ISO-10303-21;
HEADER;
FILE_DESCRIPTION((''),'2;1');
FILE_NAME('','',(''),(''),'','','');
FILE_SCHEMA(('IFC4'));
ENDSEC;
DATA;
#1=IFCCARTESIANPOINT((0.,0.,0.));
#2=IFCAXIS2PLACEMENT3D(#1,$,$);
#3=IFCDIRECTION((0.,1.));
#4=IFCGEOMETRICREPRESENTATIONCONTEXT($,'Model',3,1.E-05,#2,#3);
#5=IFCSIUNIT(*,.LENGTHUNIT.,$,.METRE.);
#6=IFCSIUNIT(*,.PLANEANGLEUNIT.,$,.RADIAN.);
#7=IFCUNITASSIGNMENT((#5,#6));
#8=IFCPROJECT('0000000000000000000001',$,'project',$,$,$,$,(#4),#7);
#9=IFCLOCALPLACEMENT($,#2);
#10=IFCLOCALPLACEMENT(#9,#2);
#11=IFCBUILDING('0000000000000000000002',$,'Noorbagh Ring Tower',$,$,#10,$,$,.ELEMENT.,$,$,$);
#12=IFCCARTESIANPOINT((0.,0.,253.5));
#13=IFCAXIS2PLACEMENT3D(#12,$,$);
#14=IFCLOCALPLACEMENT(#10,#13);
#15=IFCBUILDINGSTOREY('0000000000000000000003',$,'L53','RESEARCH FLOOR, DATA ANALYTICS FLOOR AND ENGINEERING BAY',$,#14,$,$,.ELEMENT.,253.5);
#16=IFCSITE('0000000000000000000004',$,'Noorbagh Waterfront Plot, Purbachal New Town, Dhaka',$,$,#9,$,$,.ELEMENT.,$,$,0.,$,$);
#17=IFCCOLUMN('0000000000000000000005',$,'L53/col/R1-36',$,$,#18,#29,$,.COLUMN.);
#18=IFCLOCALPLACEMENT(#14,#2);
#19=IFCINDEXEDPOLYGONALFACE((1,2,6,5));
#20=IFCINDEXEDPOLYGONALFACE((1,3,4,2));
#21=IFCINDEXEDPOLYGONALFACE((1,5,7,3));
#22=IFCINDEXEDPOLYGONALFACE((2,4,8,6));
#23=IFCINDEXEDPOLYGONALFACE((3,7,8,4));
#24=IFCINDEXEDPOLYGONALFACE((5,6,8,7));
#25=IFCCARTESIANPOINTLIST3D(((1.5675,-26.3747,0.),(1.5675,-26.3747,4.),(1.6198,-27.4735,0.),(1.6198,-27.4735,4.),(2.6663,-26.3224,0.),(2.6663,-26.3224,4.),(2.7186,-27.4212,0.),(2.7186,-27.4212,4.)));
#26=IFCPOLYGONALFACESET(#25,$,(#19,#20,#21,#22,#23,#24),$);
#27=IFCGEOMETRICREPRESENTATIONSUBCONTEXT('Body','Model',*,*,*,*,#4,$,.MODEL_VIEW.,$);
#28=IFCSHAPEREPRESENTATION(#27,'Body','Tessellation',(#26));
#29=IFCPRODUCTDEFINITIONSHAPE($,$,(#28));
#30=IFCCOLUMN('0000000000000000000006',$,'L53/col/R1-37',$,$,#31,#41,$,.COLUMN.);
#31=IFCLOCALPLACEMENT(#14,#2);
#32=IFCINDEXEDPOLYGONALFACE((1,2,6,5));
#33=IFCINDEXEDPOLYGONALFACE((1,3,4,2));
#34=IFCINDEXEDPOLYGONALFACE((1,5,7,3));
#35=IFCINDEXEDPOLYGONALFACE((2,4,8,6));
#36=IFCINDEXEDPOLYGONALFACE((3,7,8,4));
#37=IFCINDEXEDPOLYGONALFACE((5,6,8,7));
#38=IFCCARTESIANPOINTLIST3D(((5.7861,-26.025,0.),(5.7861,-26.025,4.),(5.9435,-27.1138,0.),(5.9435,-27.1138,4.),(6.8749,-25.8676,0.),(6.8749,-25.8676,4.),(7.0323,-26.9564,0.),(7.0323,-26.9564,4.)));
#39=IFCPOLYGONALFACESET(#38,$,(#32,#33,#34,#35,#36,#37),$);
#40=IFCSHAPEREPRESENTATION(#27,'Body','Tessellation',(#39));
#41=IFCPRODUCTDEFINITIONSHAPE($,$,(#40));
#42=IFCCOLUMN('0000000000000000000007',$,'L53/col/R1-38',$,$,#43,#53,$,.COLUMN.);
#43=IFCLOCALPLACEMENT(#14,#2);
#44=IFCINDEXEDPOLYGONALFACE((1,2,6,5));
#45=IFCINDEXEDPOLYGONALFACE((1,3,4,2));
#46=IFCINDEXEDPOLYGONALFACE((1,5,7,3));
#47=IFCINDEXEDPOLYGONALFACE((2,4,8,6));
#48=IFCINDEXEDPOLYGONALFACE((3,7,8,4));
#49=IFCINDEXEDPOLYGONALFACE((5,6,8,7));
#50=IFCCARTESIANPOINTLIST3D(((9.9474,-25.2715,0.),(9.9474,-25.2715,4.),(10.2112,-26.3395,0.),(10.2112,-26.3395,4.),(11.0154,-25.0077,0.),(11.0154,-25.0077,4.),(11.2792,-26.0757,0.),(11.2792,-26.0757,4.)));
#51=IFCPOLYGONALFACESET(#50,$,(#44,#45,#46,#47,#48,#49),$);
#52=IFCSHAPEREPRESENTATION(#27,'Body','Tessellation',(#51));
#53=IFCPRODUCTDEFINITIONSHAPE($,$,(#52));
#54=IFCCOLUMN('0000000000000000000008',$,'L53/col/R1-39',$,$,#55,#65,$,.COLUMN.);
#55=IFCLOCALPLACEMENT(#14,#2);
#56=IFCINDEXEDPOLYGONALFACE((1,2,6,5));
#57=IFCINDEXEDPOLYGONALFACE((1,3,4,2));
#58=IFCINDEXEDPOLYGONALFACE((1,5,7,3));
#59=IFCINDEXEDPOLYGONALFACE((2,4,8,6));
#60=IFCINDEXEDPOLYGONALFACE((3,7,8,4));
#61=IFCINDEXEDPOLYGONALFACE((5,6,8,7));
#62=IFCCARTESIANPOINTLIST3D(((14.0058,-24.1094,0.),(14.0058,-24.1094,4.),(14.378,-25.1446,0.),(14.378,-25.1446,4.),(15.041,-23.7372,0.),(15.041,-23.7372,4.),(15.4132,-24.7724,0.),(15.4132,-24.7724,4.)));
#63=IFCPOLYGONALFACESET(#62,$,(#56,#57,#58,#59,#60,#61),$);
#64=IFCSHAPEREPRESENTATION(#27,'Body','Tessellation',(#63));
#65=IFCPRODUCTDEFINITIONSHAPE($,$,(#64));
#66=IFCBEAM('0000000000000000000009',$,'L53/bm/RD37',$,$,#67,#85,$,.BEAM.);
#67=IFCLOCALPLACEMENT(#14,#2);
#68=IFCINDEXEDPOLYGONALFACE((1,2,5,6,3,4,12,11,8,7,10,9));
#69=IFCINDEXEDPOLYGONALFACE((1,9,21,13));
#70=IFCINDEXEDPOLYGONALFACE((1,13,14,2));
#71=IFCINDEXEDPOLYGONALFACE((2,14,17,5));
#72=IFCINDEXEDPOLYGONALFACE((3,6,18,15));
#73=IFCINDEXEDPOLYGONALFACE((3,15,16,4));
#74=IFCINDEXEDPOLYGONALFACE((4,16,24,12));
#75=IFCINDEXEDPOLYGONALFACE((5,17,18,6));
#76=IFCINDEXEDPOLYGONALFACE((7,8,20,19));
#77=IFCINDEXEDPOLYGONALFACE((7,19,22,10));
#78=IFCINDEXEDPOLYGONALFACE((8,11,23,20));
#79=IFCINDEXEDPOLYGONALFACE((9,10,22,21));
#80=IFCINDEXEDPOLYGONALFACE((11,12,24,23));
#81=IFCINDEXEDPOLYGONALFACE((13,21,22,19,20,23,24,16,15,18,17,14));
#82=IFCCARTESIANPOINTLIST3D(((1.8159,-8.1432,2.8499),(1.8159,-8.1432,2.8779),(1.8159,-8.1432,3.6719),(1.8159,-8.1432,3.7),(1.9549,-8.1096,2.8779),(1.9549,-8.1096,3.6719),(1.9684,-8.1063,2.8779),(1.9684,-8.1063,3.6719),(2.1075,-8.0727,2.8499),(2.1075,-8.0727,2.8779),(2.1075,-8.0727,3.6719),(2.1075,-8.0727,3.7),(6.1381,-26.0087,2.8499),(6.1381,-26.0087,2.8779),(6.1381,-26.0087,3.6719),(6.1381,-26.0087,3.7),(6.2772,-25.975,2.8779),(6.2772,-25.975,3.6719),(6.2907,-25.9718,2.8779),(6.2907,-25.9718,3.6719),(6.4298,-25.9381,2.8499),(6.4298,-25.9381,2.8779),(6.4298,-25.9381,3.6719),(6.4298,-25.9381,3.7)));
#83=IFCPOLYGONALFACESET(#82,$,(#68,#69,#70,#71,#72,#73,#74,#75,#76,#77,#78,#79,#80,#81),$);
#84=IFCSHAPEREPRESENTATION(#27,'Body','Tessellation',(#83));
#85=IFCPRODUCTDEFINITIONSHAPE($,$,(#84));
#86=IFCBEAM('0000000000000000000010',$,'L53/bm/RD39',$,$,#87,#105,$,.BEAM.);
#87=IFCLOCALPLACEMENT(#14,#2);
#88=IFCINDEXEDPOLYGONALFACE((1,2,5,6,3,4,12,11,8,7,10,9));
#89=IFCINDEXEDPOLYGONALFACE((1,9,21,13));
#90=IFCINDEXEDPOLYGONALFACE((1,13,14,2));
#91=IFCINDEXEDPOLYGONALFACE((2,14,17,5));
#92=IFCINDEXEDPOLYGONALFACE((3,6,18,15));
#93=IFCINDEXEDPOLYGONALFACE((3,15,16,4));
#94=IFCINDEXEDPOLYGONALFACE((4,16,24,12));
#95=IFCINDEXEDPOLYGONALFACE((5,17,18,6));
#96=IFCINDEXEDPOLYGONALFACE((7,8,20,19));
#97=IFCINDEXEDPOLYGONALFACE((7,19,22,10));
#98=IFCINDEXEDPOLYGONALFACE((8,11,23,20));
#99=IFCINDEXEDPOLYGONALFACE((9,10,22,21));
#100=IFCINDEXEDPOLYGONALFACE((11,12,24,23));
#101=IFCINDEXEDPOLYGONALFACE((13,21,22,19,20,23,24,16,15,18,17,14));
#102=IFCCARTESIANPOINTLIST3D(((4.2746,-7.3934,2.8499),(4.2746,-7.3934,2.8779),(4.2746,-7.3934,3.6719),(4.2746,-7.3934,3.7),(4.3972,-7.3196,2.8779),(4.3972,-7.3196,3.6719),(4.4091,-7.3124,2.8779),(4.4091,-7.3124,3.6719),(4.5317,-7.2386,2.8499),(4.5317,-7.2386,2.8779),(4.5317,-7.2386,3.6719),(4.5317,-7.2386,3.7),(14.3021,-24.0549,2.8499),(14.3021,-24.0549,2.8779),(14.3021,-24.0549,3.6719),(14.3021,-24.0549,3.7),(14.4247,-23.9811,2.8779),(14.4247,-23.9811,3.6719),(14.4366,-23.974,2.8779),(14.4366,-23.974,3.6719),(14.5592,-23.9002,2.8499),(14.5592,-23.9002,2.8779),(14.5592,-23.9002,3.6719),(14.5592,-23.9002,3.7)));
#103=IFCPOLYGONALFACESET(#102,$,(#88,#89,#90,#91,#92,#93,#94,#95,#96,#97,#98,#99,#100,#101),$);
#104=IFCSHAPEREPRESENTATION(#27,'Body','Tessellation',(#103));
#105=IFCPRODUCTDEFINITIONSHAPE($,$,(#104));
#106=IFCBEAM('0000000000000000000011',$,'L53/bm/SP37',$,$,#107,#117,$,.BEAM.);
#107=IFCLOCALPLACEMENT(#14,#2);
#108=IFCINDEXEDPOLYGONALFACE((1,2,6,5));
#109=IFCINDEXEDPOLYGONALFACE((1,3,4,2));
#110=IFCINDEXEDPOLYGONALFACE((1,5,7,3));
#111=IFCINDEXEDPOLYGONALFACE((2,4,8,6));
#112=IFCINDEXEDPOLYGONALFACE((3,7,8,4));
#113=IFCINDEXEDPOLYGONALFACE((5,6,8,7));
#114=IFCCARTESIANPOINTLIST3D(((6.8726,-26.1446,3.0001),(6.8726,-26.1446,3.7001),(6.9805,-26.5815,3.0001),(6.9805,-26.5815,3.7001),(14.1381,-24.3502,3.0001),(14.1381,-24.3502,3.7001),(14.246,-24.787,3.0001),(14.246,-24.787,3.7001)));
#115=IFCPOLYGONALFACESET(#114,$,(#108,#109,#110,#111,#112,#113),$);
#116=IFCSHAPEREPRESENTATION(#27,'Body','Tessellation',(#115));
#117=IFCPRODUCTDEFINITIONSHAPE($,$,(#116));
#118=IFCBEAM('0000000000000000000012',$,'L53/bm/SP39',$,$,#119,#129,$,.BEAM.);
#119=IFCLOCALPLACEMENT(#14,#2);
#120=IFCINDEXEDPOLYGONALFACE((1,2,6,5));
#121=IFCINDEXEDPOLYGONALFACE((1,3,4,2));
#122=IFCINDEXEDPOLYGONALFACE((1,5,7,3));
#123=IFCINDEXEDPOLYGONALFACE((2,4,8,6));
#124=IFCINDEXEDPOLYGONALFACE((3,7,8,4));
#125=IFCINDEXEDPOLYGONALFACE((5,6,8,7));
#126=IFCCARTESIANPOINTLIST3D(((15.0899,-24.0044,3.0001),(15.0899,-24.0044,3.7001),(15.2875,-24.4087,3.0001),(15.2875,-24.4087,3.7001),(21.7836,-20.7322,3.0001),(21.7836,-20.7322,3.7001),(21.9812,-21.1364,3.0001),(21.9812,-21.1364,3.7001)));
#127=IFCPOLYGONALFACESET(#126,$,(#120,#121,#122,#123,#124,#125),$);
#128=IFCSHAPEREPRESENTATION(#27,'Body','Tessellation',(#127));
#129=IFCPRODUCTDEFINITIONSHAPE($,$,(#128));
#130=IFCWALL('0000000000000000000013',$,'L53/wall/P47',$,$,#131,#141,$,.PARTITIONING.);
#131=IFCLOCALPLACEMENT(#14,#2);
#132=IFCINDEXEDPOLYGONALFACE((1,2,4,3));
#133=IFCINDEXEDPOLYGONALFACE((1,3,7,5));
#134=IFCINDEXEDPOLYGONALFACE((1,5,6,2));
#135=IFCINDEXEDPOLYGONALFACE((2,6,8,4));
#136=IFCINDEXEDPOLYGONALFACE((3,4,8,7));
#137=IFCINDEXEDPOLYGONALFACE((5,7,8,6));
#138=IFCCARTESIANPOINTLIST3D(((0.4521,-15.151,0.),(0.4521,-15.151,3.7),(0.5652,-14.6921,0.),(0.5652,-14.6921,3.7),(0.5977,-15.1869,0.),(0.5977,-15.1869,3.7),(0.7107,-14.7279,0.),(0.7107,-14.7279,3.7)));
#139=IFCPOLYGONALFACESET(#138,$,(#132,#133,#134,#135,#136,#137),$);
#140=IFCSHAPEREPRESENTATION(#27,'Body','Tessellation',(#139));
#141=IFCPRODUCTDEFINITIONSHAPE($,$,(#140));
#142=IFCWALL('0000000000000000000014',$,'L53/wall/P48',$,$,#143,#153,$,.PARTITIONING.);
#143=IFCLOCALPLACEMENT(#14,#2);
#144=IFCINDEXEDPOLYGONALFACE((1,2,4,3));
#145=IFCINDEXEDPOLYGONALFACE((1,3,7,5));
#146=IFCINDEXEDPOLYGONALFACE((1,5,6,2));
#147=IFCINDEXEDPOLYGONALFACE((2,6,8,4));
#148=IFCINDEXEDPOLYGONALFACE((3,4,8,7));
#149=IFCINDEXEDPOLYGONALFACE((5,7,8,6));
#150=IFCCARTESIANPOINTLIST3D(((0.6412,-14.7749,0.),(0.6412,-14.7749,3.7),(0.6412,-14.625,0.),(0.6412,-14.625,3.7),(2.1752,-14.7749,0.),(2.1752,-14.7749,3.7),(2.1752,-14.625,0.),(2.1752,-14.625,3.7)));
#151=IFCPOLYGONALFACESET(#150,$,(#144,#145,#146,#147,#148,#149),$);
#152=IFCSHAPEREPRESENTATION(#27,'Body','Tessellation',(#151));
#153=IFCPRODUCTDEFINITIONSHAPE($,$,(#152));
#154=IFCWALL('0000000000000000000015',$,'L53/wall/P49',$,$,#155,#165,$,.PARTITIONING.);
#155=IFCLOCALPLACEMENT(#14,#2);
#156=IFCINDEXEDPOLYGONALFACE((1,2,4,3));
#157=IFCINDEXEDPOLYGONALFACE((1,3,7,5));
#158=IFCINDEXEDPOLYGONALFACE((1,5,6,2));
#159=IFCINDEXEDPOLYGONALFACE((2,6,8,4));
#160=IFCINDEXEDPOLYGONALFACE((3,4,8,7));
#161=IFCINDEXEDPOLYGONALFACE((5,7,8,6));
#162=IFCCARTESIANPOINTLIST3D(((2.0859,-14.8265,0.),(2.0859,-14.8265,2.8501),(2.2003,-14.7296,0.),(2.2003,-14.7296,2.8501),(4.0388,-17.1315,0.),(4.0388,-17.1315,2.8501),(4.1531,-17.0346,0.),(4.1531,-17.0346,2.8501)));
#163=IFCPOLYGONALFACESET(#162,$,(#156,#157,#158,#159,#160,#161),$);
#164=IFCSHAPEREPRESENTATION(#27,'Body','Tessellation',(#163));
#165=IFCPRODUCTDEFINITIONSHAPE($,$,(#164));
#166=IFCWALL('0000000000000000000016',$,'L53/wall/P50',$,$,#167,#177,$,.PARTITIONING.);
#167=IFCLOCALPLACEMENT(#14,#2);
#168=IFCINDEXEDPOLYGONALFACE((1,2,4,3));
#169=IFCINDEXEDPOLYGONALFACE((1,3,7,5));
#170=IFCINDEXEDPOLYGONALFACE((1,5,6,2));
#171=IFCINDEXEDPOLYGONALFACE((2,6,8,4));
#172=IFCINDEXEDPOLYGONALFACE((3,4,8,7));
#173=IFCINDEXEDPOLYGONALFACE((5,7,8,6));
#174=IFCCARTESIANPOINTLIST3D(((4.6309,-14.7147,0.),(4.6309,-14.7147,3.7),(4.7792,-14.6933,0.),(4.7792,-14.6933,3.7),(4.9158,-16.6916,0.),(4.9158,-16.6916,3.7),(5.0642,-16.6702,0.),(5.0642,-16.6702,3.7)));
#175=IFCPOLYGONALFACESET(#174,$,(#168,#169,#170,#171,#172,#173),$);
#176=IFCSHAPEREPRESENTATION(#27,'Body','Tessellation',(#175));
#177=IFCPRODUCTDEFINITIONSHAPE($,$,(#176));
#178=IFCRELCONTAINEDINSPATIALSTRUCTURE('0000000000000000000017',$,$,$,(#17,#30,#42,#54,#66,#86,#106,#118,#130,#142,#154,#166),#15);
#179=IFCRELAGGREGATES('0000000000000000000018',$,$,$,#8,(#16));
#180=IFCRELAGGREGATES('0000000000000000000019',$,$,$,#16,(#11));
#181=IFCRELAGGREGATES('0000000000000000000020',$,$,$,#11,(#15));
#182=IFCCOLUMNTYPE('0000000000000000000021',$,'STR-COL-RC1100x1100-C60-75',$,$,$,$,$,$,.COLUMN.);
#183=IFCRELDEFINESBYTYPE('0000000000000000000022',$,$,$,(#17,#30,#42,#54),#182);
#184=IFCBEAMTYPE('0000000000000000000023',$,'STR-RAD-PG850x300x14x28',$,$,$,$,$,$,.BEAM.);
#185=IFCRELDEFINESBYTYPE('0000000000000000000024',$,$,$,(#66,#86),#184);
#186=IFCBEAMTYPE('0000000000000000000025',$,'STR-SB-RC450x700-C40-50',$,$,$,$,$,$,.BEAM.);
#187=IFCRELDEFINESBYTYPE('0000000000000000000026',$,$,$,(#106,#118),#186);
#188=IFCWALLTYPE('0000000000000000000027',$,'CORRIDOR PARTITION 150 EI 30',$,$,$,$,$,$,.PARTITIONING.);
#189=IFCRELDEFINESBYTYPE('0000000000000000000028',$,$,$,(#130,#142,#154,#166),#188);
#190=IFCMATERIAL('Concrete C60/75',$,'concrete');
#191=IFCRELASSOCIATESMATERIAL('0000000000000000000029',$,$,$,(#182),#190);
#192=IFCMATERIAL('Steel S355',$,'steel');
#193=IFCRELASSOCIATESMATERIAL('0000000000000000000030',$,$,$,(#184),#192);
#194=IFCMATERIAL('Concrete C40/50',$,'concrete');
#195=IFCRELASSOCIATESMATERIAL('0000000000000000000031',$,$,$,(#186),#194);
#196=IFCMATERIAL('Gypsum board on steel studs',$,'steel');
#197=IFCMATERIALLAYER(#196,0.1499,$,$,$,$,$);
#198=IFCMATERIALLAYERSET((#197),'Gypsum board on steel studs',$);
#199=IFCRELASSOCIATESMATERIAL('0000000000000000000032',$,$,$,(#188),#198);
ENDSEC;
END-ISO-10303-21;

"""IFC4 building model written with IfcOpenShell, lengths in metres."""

from ifc_helpers import new_model, si_unit, direction, frame, frame_2d, origin, origin_2d, place, context, subcontext, project, spatial, rectangle, i_section, extrude, material, layer, layer_set, material_profile, profile_set, type_object, element, save


model = new_model("IFC4")

# Units and contexts
model_context = context("Model", 3, precision=1e-05, world=origin(), true_north=direction((0.0, 1.0)))
body_context = subcontext(model_context, "Body", "Model", "MODEL_VIEW")
ifc_project = project(units=[si_unit("LENGTHUNIT", "METRE"), si_unit("PLANEANGLEUNIT", "RADIAN")], contexts=[model_context])

# Site, building, storey
site_placement = place(None, origin())
site = spatial("IfcSite", under=ifc_project, at=site_placement, Name="Noorbagh Waterfront Plot, Purbachal New Town, Dhaka", CompositionType="ELEMENT", RefElevation=0.0)
building_placement = place(site_placement, origin())
building = spatial("IfcBuilding", under=site, at=building_placement, Name="Noorbagh Ring Tower", CompositionType="ELEMENT")
storey_placement = place(building_placement, frame((0.0, 0.0, 253.5)))
storey = spatial("IfcBuildingStorey", under=building, at=storey_placement, Name="L53", Description="RESEARCH FLOOR, DATA ANALYTICS FLOOR AND ENGINEERING BAY", CompositionType="ELEMENT", Elevation=253.5)

# Columns
ifc_material_1 = material(Name="Concrete C60/75", Category="concrete")
ifc_material_profile_1 = material_profile(ifc_material_1, rectangle(XDim=1.1001, YDim=1.1001, at=origin_2d()), Name="RC1100x1100")
ifc_profile_set_1 = profile_set([ifc_material_profile_1], Name="Concrete C60/75")
column_type = type_object("IfcColumnType", Name="STR-COL-RC1100x1100-C60-75", PredefinedType="COLUMN", material=ifc_profile_set_1)
for number, where, z_axis, x_axis, name in (
    (1, (2.1431, -26.8979, 0.0), (0.0, 0.0, 1.0), (0.998869, 0.047553, 0.0), "L53/col/R1-36"),
    (2, (6.4092, -26.4907, 0.0), (0.0, 0.0, 1.0), (0.989713, 0.143066, 0.0), "L53/col/R1-37"),
    (3, (10.6133, -25.6736, 0.0), (0.0, 0.0, 1.0), (0.970829, 0.239771, 0.0), "L53/col/R1-38"),
    (4, (14.7095, -24.4409, 0.0), (0.0, 0.0, 1.0), (0.941025, 0.338338, 0.0), "L53/col/R1-39"),
):
    element("IfcColumn", number, at=place(storey_placement, frame(where, z_axis=z_axis, x_axis=x_axis)), inside=storey, type_object=column_type, Name=name, PredefinedType="COLUMN", context=body_context, shape_type="SweptSolid", body=[
        extrude(rectangle(XDim=1.1001, YDim=1.1001, at=origin_2d()), origin(), (0.0, 0.0, 1.0), 4.0),
    ])

# Beams
ifc_material_2 = material(Name="Steel S355", Category="steel")
ifc_material_profile_2 = material_profile(ifc_material_2, i_section(OverallWidth=0.3, OverallDepth=0.8501, WebThickness=0.0139, FlangeThickness=0.0281, at=origin_2d()), Name="PG850x300x14x28")
ifc_profile_set_2 = profile_set([ifc_material_profile_2], Name="Steel S355")
beam_type_1 = type_object("IfcBeamType", Name="STR-RAD-PG850x300x14x28", PredefinedType="BEAM", material=ifc_profile_set_2)
beam_1_placement = place(storey_placement, frame((6.2839, -25.9734, 3.2749), z_axis=(-0.23515, 0.971959, 0.0), x_axis=(-0.971959, -0.23515, 0.0)))
element("IfcBeam", 5, at=beam_1_placement, inside=storey, type_object=beam_type_1, Name="L53/bm/RD37", PredefinedType="BEAM", context=body_context, shape_type="SweptSolid", body=[
    extrude(i_section(OverallWidth=0.3, OverallDepth=0.8501, WebThickness=0.0139, FlangeThickness=0.0281, at=origin_2d()), origin(), (0.0, 0.0, 1.0), 18.3809),
])
beam_2_placement = place(storey_placement, frame((14.4307, -23.9775, 3.2749), z_axis=(-0.515653, 0.856798, 0.0), x_axis=(-0.856798, -0.515653, 0.0)))
element("IfcBeam", 6, at=beam_2_placement, inside=storey, type_object=beam_type_1, Name="L53/bm/RD39", PredefinedType="BEAM", context=body_context, shape_type="SweptSolid", body=[
    extrude(i_section(OverallWidth=0.3, OverallDepth=0.8501, WebThickness=0.0139, FlangeThickness=0.0281, at=origin_2d()), origin(), (0.0, 0.0, 1.0), 19.4463),
])
ifc_material_3 = material(Name="Concrete C40/50", Category="concrete")
ifc_material_profile_3 = material_profile(ifc_material_3, rectangle(XDim=0.45, YDim=0.7, at=origin_2d()), Name="RC450x700")
ifc_profile_set_3 = profile_set([ifc_material_profile_3], Name="Concrete C40/50")
beam_type_2 = type_object("IfcBeamType", Name="STR-SB-RC450x700-C40-50", PredefinedType="BEAM", material=ifc_profile_set_3)
beam_3_placement = place(storey_placement, frame((6.9265, -26.363, 3.3501), z_axis=(0.970829, 0.239771, 0.0), x_axis=(-0.239771, 0.970829, 0.0)))
element("IfcBeam", 7, at=beam_3_placement, inside=storey, type_object=beam_type_2, Name="L53/bm/SP37", PredefinedType="BEAM", context=body_context, shape_type="SweptSolid", body=[
    extrude(rectangle(XDim=0.45, YDim=0.7, at=origin_2d()), origin(), (0.0, 0.0, 1.0), 7.4839),
])
beam_4_placement = place(storey_placement, frame((15.1887, -24.2065, 3.3501), z_axis=(0.898396, 0.439187, 0.0), x_axis=(-0.439187, 0.898396, 0.0)))
element("IfcBeam", 8, at=beam_4_placement, inside=storey, type_object=beam_type_2, Name="L53/bm/SP39", PredefinedType="BEAM", context=body_context, shape_type="SweptSolid", body=[
    extrude(rectangle(XDim=0.45, YDim=0.7, at=origin_2d()), origin(), (0.0, 0.0, 1.0), 7.4507),
])

# Walls
ifc_material_4 = material(Name="Gypsum board on steel studs", Category="steel")
ifc_layer_1 = layer(ifc_material_4, 0.1499)
ifc_layer_set_1 = layer_set([ifc_layer_1], Name="Gypsum board on steel studs")
wall_type_1 = type_object("IfcWallType", Name="CORRIDOR PARTITION 150 EI 30", PredefinedType="PARTITIONING", material=ifc_layer_set_1)
wall_1_placement = place(storey_placement, frame((0.5249, -15.1689, 0.0), z_axis=(0.0, 0.0, 1.0), x_axis=(0.239131, 0.970987, 0.0)))
element("IfcWall", 9, at=wall_1_placement, inside=storey, type_object=wall_type_1, Name="L53/wall/P47", PredefinedType="PARTITIONING", context=body_context, shape_type="SweptSolid", body=[
    extrude(rectangle(XDim=0.4727, YDim=0.1499, at=frame_2d((0.2363, 0.0))), origin(), (0.0, 0.0, 1.0), 3.7),
])
wall_2_placement = place(storey_placement, frame((0.6411, -14.7, 0.0), z_axis=(0.0, 0.0, 1.0), x_axis=(1.0, 0.0, 0.0)))
element("IfcWall", 10, at=wall_2_placement, inside=storey, type_object=wall_type_1, Name="L53/wall/P48", PredefinedType="PARTITIONING", context=body_context, shape_type="SweptSolid", body=[
    extrude(rectangle(XDim=1.5339, YDim=0.1499, at=frame_2d((0.7671, 0.0))), origin(), (0.0, 0.0, 1.0), 3.7),
])
wall_3_placement = place(storey_placement, frame((2.1431, -14.7781, 0.0), z_axis=(0.0, 0.0, 1.0), x_axis=(0.646435, -0.762969, 0.0)))
element("IfcWall", 11, at=wall_3_placement, inside=storey, type_object=wall_type_1, Name="L53/wall/P49", PredefinedType="PARTITIONING", context=body_context, shape_type="SweptSolid", body=[
    extrude(rectangle(XDim=3.021, YDim=0.1499, at=frame_2d((1.5105, 0.0))), origin(), (0.0, 0.0, 1.0), 2.8501),
])
wall_4_placement = place(storey_placement, frame((4.7051, -14.7041, 0.0), z_axis=(0.0, 0.0, 1.0), x_axis=(0.142653, -0.989773, 0.0)))
element("IfcWall", 12, at=wall_4_placement, inside=storey, type_object=wall_type_1, Name="L53/wall/P50", PredefinedType="PARTITIONING", context=body_context, shape_type="SweptSolid", body=[
    extrude(rectangle(XDim=1.9973, YDim=0.1499, at=frame_2d((0.9985, 0.0))), origin(), (0.0, 0.0, 1.0), 3.7),
])

save(model, "model.ifc")
